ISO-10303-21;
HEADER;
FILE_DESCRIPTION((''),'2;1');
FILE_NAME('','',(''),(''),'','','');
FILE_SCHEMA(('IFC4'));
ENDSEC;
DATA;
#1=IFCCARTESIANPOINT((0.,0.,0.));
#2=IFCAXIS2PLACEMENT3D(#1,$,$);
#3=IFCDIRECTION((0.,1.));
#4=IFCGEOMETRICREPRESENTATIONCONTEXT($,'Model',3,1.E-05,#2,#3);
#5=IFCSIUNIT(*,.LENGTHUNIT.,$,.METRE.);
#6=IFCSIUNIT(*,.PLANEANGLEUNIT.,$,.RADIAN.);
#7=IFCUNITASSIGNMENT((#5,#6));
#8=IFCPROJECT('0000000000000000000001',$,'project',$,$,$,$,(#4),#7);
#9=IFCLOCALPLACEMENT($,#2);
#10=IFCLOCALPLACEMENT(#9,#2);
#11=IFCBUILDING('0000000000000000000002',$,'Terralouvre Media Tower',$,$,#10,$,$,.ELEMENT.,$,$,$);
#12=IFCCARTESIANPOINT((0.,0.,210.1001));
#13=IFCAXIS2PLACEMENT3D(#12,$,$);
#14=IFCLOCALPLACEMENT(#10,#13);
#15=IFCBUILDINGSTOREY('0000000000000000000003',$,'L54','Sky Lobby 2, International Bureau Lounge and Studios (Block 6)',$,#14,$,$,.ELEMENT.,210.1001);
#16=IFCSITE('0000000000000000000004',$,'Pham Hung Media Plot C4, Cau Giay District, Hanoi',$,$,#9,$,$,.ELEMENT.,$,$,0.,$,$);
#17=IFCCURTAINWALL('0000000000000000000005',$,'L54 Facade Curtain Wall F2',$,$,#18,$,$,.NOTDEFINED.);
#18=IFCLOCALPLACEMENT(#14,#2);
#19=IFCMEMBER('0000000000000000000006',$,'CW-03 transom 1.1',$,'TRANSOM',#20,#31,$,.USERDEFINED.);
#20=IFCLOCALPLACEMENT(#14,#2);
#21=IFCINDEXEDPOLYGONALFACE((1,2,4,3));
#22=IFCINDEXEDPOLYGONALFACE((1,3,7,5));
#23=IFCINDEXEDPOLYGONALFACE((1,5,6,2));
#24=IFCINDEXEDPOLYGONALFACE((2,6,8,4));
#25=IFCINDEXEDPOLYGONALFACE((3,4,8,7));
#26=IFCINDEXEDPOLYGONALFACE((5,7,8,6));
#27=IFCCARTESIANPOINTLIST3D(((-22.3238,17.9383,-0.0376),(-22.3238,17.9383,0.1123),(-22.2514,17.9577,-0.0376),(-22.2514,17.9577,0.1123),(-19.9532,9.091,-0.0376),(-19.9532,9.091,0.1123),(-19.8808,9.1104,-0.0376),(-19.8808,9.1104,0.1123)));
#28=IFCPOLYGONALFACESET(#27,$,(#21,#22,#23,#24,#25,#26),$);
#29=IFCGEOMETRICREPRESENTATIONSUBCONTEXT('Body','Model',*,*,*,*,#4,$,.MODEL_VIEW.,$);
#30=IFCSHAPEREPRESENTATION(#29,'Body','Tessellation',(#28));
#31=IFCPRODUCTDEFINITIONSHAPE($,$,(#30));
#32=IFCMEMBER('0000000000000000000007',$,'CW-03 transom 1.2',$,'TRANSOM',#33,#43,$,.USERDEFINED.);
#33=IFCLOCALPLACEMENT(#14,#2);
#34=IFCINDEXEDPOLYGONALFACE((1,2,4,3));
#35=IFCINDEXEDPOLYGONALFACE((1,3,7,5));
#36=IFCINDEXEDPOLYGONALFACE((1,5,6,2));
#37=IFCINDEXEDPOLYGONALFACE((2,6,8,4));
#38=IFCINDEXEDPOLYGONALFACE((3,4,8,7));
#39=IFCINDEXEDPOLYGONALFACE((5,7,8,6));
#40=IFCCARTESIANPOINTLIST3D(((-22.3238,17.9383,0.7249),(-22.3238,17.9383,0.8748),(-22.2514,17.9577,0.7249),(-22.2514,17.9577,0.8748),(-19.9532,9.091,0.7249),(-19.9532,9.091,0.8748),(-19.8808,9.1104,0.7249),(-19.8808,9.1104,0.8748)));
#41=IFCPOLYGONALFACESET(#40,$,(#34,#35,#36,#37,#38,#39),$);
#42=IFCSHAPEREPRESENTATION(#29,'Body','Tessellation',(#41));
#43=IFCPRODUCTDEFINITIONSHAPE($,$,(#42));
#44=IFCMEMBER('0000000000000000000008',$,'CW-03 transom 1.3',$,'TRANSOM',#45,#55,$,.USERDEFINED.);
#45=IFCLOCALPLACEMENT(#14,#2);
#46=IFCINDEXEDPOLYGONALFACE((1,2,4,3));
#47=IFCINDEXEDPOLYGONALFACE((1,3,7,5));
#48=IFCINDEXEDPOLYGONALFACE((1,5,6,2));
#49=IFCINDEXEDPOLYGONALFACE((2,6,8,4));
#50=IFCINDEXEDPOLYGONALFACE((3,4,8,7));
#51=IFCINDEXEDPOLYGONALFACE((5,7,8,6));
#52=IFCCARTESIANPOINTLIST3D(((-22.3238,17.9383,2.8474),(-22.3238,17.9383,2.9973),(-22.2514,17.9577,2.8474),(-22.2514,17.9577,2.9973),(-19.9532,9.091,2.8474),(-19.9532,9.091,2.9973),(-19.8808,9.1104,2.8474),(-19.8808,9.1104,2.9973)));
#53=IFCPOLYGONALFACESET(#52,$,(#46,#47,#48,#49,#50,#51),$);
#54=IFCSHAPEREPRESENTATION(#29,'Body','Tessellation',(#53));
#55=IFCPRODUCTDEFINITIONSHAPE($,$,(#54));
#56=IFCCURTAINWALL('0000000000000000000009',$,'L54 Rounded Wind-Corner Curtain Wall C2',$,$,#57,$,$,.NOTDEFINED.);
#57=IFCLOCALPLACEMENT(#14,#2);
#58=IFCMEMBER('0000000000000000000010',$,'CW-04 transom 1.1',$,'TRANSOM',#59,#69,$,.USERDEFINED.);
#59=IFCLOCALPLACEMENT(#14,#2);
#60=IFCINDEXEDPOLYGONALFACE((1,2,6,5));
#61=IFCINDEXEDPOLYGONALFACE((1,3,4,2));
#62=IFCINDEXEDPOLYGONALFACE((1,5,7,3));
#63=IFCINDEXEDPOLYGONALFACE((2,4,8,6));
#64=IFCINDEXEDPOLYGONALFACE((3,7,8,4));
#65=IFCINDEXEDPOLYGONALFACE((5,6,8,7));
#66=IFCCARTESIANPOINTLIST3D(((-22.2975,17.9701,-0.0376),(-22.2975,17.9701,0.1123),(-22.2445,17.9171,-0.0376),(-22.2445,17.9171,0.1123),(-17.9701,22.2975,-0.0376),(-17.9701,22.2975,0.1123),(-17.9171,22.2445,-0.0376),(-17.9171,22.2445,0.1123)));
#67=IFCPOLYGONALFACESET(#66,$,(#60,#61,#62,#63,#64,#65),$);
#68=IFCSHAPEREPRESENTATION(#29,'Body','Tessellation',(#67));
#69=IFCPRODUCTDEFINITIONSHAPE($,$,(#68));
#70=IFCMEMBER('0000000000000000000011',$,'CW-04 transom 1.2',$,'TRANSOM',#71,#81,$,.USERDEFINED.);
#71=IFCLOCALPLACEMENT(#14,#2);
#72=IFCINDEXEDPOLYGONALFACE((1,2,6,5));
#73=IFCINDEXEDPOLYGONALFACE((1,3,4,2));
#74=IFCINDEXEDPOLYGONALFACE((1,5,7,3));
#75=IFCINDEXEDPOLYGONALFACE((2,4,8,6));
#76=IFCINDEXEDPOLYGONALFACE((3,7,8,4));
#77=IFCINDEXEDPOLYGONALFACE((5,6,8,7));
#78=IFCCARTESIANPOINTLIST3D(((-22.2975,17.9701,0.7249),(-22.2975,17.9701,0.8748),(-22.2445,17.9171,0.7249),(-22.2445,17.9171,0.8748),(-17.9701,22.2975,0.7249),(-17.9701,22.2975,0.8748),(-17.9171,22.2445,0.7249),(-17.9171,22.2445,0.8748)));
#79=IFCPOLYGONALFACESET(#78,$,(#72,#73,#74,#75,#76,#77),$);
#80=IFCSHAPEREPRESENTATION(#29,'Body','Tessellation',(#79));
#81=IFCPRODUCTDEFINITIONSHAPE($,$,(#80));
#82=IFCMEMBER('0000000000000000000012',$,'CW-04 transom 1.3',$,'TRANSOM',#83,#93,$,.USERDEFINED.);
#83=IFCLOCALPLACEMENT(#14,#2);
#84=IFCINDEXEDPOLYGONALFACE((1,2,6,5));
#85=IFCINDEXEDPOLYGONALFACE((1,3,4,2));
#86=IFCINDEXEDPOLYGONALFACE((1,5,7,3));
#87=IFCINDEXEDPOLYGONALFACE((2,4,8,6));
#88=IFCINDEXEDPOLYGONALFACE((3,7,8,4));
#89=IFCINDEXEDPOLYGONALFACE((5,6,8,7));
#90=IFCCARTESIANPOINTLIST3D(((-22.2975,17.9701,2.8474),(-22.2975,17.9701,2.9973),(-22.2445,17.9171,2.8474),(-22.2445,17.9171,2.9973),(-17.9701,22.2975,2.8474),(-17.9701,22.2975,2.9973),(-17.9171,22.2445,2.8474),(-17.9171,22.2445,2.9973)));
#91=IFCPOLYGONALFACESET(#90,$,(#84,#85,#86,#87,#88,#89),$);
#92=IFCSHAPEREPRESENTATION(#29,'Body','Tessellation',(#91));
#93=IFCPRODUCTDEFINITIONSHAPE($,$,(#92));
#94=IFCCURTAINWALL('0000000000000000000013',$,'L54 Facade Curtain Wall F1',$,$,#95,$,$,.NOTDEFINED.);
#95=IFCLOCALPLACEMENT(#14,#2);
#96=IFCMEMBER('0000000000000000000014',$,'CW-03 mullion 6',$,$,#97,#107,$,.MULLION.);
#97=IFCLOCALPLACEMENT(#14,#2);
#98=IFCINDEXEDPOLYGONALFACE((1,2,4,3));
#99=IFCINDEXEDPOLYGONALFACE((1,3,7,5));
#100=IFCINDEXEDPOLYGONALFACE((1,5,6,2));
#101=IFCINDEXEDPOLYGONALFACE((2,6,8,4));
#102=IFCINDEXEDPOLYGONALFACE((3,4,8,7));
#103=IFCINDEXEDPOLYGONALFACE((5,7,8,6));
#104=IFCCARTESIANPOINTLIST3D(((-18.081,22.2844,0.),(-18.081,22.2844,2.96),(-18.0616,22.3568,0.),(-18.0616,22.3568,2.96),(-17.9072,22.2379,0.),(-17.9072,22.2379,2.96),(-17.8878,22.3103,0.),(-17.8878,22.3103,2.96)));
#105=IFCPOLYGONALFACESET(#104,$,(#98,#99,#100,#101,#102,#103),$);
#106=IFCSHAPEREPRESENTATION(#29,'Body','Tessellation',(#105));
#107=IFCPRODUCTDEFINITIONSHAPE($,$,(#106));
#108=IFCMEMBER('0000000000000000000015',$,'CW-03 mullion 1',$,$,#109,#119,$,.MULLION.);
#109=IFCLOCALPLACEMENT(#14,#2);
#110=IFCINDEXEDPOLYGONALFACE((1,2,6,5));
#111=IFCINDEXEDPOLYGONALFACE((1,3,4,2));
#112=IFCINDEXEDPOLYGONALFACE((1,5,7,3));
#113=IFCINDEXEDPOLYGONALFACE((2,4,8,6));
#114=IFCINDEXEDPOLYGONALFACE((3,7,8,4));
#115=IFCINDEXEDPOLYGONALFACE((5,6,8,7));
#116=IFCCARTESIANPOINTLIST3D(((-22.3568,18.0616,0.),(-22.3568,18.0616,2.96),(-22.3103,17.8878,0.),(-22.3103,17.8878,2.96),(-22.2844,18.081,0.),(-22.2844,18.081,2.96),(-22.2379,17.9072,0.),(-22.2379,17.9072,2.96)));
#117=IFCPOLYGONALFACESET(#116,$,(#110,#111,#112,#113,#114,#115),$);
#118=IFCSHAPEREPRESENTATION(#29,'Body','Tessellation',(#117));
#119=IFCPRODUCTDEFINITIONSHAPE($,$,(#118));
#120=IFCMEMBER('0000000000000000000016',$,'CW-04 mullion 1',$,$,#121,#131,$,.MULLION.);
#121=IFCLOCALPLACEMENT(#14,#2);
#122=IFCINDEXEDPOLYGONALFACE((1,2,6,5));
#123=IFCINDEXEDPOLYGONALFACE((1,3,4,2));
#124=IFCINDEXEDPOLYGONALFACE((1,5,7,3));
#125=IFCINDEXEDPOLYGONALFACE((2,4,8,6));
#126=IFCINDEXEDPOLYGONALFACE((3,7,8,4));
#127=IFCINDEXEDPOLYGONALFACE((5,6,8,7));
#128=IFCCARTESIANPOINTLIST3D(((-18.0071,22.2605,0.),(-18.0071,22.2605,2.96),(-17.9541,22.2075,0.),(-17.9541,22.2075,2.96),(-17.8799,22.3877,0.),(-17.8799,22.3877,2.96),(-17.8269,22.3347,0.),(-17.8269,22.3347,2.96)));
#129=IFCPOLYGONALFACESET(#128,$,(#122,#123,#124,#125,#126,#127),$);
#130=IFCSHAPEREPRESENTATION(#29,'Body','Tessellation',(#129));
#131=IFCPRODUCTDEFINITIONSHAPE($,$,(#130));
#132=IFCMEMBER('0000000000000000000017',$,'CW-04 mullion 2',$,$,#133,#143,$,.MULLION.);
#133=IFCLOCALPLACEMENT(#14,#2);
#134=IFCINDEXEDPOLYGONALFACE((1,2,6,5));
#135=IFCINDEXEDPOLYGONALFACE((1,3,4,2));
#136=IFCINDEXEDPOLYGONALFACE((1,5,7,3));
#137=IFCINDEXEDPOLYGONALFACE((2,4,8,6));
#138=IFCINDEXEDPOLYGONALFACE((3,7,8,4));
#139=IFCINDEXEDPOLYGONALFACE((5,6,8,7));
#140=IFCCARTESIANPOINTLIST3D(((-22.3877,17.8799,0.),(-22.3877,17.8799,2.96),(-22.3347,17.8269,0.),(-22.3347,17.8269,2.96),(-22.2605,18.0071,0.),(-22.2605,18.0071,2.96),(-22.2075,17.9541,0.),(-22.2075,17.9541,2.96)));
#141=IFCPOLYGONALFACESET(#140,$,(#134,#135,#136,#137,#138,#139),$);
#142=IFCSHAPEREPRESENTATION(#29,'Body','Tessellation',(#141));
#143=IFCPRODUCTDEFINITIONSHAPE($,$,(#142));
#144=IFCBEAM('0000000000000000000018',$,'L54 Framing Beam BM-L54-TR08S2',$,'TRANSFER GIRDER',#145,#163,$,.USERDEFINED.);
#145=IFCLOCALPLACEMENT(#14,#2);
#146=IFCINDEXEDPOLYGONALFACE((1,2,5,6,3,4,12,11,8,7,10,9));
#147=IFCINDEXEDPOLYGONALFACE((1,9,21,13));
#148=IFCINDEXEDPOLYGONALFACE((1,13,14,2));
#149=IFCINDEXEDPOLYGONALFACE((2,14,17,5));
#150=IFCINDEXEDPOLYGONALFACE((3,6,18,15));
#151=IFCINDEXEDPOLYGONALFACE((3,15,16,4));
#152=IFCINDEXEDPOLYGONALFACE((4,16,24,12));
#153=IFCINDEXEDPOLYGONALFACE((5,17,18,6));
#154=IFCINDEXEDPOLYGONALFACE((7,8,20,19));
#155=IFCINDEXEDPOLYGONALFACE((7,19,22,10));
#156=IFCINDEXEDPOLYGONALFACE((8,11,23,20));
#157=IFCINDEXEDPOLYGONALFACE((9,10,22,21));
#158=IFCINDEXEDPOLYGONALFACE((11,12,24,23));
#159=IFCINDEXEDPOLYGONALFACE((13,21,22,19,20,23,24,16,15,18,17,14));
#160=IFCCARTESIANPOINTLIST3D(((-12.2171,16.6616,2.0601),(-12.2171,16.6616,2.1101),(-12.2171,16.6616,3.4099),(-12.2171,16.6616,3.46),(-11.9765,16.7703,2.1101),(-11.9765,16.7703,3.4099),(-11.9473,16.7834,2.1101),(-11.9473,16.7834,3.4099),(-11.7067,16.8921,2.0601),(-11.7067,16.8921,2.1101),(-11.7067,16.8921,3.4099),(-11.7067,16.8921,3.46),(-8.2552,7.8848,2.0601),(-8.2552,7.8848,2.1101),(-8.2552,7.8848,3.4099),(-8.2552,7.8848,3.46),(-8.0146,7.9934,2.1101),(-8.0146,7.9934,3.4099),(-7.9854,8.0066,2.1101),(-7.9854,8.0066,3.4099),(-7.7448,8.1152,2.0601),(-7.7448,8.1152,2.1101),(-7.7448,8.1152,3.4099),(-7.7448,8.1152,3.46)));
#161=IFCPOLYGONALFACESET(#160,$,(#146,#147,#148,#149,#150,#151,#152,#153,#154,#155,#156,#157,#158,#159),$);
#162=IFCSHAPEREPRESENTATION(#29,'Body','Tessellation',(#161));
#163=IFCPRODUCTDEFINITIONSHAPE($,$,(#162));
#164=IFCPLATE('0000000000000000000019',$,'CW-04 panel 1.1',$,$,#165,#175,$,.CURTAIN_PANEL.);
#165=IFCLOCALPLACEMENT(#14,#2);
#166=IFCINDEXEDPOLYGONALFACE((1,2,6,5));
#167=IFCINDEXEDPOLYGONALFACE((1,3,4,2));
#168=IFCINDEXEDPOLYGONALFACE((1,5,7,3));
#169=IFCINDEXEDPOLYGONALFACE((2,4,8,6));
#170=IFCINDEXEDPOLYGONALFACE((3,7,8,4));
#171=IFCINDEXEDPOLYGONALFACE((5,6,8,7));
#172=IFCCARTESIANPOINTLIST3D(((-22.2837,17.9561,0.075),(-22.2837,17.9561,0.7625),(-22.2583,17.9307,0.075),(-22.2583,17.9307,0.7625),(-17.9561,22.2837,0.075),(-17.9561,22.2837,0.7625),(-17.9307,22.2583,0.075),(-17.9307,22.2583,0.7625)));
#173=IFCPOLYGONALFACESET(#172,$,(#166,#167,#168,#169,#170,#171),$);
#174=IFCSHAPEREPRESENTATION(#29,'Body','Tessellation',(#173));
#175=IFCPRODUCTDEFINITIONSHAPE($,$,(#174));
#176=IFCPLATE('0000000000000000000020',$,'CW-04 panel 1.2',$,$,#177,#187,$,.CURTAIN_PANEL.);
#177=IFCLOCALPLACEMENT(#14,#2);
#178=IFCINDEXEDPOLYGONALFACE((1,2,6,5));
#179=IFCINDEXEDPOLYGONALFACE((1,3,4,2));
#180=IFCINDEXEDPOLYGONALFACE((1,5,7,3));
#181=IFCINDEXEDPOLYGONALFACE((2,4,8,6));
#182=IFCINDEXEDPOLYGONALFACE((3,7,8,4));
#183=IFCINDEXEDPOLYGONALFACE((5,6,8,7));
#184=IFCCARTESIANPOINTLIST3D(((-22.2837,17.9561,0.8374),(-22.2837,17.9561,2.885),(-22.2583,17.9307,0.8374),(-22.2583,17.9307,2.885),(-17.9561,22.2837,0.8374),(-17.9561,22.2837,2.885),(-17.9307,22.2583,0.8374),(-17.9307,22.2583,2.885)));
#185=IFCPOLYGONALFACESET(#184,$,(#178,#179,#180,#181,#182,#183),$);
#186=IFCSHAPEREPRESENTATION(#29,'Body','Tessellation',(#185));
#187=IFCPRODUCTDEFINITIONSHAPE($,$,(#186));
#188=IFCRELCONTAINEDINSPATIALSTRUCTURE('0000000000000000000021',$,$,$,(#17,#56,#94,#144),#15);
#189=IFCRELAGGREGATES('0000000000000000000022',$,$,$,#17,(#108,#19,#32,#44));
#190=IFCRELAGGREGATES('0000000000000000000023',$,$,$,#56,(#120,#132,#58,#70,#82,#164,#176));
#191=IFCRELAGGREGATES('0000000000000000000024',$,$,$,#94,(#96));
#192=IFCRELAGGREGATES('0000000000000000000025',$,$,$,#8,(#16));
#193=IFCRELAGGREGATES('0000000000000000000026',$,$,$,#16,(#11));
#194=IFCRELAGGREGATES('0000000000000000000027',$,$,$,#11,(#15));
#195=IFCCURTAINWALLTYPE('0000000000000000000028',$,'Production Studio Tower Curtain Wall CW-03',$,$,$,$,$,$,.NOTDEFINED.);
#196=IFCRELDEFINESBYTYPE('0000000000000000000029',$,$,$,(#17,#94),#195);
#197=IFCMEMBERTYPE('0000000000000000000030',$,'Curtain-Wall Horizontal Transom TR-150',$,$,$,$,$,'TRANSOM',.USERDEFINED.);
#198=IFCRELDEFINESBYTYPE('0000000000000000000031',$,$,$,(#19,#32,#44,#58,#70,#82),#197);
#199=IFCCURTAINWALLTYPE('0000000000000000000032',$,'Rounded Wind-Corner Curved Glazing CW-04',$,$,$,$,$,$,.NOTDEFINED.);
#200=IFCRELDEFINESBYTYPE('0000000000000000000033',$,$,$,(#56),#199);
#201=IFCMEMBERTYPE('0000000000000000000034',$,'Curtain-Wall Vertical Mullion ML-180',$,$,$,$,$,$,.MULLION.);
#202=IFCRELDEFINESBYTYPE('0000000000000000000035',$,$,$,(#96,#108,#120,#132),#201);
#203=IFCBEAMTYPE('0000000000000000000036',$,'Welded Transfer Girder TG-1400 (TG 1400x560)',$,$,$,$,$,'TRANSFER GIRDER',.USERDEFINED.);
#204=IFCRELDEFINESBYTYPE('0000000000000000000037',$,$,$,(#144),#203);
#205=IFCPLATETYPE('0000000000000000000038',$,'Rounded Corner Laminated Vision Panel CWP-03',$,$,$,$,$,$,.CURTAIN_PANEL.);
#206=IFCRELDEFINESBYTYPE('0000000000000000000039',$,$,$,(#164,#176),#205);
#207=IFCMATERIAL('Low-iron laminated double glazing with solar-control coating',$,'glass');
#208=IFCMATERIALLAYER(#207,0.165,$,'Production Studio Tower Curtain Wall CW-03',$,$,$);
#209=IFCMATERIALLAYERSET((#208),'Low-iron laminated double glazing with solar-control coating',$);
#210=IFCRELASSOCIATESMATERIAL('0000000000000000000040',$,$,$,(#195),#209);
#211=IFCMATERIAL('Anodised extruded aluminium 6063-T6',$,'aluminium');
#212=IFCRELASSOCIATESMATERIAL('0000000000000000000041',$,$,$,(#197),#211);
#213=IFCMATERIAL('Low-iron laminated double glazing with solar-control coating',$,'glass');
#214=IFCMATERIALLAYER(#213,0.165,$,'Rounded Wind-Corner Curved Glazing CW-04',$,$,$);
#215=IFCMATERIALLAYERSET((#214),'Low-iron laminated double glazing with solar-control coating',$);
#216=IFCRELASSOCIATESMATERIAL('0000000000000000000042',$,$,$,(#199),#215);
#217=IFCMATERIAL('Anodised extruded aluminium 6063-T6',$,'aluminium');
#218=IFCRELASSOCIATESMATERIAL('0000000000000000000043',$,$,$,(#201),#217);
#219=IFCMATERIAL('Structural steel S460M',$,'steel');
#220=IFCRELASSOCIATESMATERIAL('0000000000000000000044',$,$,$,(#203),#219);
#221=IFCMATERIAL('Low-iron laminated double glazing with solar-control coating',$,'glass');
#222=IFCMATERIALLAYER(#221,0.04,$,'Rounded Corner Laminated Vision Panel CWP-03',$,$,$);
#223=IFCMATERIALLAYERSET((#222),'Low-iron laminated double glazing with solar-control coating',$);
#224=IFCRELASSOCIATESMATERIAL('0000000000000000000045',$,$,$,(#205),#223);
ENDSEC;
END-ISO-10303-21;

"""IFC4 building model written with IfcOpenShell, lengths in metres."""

from ifc_helpers import new_model, si_unit, direction, frame, origin, origin_2d, place, context, subcontext, project, spatial, rectangle, i_section, extrude, material, layer, layer_set, material_profile, profile_set, type_object, element, aggregate, save


model = new_model("IFC4")

# Units and contexts
model_context = context("Model", 3, precision=1e-05, world=origin(), true_north=direction((0.0, 1.0)))
body_context = subcontext(model_context, "Body", "Model", "MODEL_VIEW")
ifc_project = project(units=[si_unit("LENGTHUNIT", "METRE"), si_unit("PLANEANGLEUNIT", "RADIAN")], contexts=[model_context])

# Site, building, storey
site_placement = place(None, origin())
site = spatial("IfcSite", under=ifc_project, at=site_placement, Name="Pham Hung Media Plot C4, Cau Giay District, Hanoi", CompositionType="ELEMENT", RefElevation=0.0)
building_placement = place(site_placement, origin())
building = spatial("IfcBuilding", under=site, at=building_placement, Name="Terralouvre Media Tower", CompositionType="ELEMENT")
storey_placement = place(building_placement, frame((0.0, 0.0, 210.1001)))
storey = spatial("IfcBuildingStorey", under=building, at=storey_placement, Name="L54", Description="Sky Lobby 2, International Bureau Lounge and Studios (Block 6)", CompositionType="ELEMENT", Elevation=210.1001)

# Curtain walls, members
ifc_material_1 = material(Name="Low-iron laminated double glazing with solar-control coating", Category="glass")
ifc_layer_1 = layer(ifc_material_1, 0.165, Name="Production Studio Tower Curtain Wall CW-03")
ifc_layer_set_1 = layer_set([ifc_layer_1], Name="Low-iron laminated double glazing with solar-control coating")
curtain_wall_type_1 = type_object("IfcCurtainWallType", Name="Production Studio Tower Curtain Wall CW-03", PredefinedType="NOTDEFINED", material=ifc_layer_set_1)
curtain_wall_1_placement = place(storey_placement, origin())
curtain_wall_1 = element("IfcCurtainWall", 1, at=curtain_wall_1_placement, inside=storey, type_object=curtain_wall_type_1, Name="L54 Facade Curtain Wall F2", PredefinedType="NOTDEFINED")
ifc_material_2 = material(Name="Anodised extruded aluminium 6063-T6", Category="aluminium")
ifc_material_profile_1 = material_profile(ifc_material_2, rectangle(XDim=0.075, YDim=0.1499, at=origin_2d()), Name="ALU 75x150")
ifc_profile_set_1 = profile_set([ifc_material_profile_1], Name="Anodised extruded aluminium 6063-T6")
member_type_1 = type_object("IfcMemberType", Name="Curtain-Wall Horizontal Transom TR-150", ElementType="TRANSOM", PredefinedType="USERDEFINED", material=ifc_profile_set_1)
member_1_placement = place(storey_placement, frame((-22.2876, 17.948, 0.0374), z_axis=(0.258814, -0.965927, 0.0), x_axis=(0.965927, 0.258814, 0.0)))
member_1 = element("IfcMember", 2, at=member_1_placement, type_object=member_type_1, Name="CW-03 transom 1.1", ObjectType="TRANSOM", PredefinedType="USERDEFINED", context=body_context, shape_type="SweptSolid", body=[
    extrude(rectangle(XDim=0.075, YDim=0.1499, at=origin_2d()), origin(), (0.0, 0.0, 1.0), 9.1594),
])
member_2_placement = place(storey_placement, frame((-22.2876, 17.948, 0.7998), z_axis=(0.258814, -0.965927, 0.0), x_axis=(0.965927, 0.258814, 0.0)))
member_2 = element("IfcMember", 3, at=member_2_placement, type_object=member_type_1, Name="CW-03 transom 1.2", ObjectType="TRANSOM", PredefinedType="USERDEFINED", context=body_context, shape_type="SweptSolid", body=[
    extrude(rectangle(XDim=0.075, YDim=0.1499, at=origin_2d()), origin(), (0.0, 0.0, 1.0), 9.1594),
])
member_3_placement = place(storey_placement, frame((-22.2876, 17.948, 2.9224), z_axis=(0.258814, -0.965927, 0.0), x_axis=(0.965927, 0.258814, 0.0)))
member_3 = element("IfcMember", 4, at=member_3_placement, type_object=member_type_1, Name="CW-03 transom 1.3", ObjectType="TRANSOM", PredefinedType="USERDEFINED", context=body_context, shape_type="SweptSolid", body=[
    extrude(rectangle(XDim=0.075, YDim=0.1499, at=origin_2d()), origin(), (0.0, 0.0, 1.0), 9.1594),
])
ifc_material_3 = material(Name="Low-iron laminated double glazing with solar-control coating", Category="glass")
ifc_layer_2 = layer(ifc_material_3, 0.165, Name="Rounded Wind-Corner Curved Glazing CW-04")
ifc_layer_set_2 = layer_set([ifc_layer_2], Name="Low-iron laminated double glazing with solar-control coating")
curtain_wall_type_2 = type_object("IfcCurtainWallType", Name="Rounded Wind-Corner Curved Glazing CW-04", PredefinedType="NOTDEFINED", material=ifc_layer_set_2)
curtain_wall_2_placement = place(storey_placement, origin())
curtain_wall_2 = element("IfcCurtainWall", 5, at=curtain_wall_2_placement, inside=storey, type_object=curtain_wall_type_2, Name="L54 Rounded Wind-Corner Curtain Wall C2", PredefinedType="NOTDEFINED")
member_4_placement = place(storey_placement, frame((-17.9436, 22.271, 0.0374), z_axis=(-0.707107, -0.707107, 0.0), x_axis=(0.707107, -0.707107, 0.0)))
member_4 = element("IfcMember", 6, at=member_4_placement, type_object=member_type_1, Name="CW-04 transom 1.1", ObjectType="TRANSOM", PredefinedType="USERDEFINED", context=body_context, shape_type="SweptSolid", body=[
    extrude(rectangle(XDim=0.075, YDim=0.1499, at=origin_2d()), origin(), (0.0, 0.0, 1.0), 6.1199),
])
member_5_placement = place(storey_placement, frame((-17.9436, 22.271, 0.7998), z_axis=(-0.707107, -0.707107, 0.0), x_axis=(0.707107, -0.707107, 0.0)))
member_5 = element("IfcMember", 7, at=member_5_placement, type_object=member_type_1, Name="CW-04 transom 1.2", ObjectType="TRANSOM", PredefinedType="USERDEFINED", context=body_context, shape_type="SweptSolid", body=[
    extrude(rectangle(XDim=0.075, YDim=0.1499, at=origin_2d()), origin(), (0.0, 0.0, 1.0), 6.1199),
])
member_6_placement = place(storey_placement, frame((-17.9436, 22.271, 2.9224), z_axis=(-0.707107, -0.707107, 0.0), x_axis=(0.707107, -0.707107, 0.0)))
member_6 = element("IfcMember", 8, at=member_6_placement, type_object=member_type_1, Name="CW-04 transom 1.3", ObjectType="TRANSOM", PredefinedType="USERDEFINED", context=body_context, shape_type="SweptSolid", body=[
    extrude(rectangle(XDim=0.075, YDim=0.1499, at=origin_2d()), origin(), (0.0, 0.0, 1.0), 6.1199),
])

# Curtain wall, member
curtain_wall_3_placement = place(storey_placement, origin())
curtain_wall_3 = element("IfcCurtainWall", 9, at=curtain_wall_3_placement, inside=storey, type_object=curtain_wall_type_1, Name="L54 Facade Curtain Wall F1", PredefinedType="NOTDEFINED")
ifc_material_4 = material(Name="Anodised extruded aluminium 6063-T6", Category="aluminium")
ifc_material_profile_2 = material_profile(ifc_material_4, rectangle(XDim=0.075, YDim=0.1799, at=origin_2d()), Name="ALU 75x180")
ifc_profile_set_2 = profile_set([ifc_material_profile_2], Name="Anodised extruded aluminium 6063-T6")
member_type_2 = type_object("IfcMemberType", Name="Curtain-Wall Vertical Mullion ML-180", PredefinedType="MULLION", material=ifc_profile_set_2)
member_7_placement = place(storey_placement, frame((-17.9844, 22.2974, 0.0), z_axis=(0.0, 0.0, 1.0), x_axis=(-0.258819, -0.965926, 0.0)))
member_7 = element("IfcMember", 10, at=member_7_placement, type_object=member_type_2, Name="CW-03 mullion 6", PredefinedType="MULLION", context=body_context, shape_type="SweptSolid", body=[
    extrude(rectangle(XDim=0.075, YDim=0.1799, at=origin_2d()), origin(), (0.0, 0.0, 1.0), 2.96),
])

# Members
member_8_placement = place(storey_placement, frame((-22.2974, 17.9844, 0.0), z_axis=(0.0, 0.0, 1.0), x_axis=(0.965926, 0.258819, 0.0)))
member_8 = element("IfcMember", 11, at=member_8_placement, type_object=member_type_2, Name="CW-03 mullion 1", PredefinedType="MULLION", context=body_context, shape_type="SweptSolid", body=[
    extrude(rectangle(XDim=0.075, YDim=0.1799, at=origin_2d()), origin(), (0.0, 0.0, 1.0), 2.96),
])
aggregate(curtain_wall_1, [member_8, member_1, member_2, member_3])
member_9_placement = place(storey_placement, frame((-17.917, 22.2976, 0.0), z_axis=(0.0, 0.0, 1.0), x_axis=(0.707107, -0.707107, 0.0)))
member_9 = element("IfcMember", 12, at=member_9_placement, type_object=member_type_2, Name="CW-04 mullion 1", PredefinedType="MULLION", context=body_context, shape_type="SweptSolid", body=[
    extrude(rectangle(XDim=0.075, YDim=0.1799, at=origin_2d()), origin(), (0.0, 0.0, 1.0), 2.96),
])
member_10_placement = place(storey_placement, frame((-22.2976, 17.917, 0.0), z_axis=(0.0, 0.0, 1.0), x_axis=(0.707107, -0.707107, 0.0)))
member_10 = element("IfcMember", 13, at=member_10_placement, type_object=member_type_2, Name="CW-04 mullion 2", PredefinedType="MULLION", context=body_context, shape_type="SweptSolid", body=[
    extrude(rectangle(XDim=0.075, YDim=0.1799, at=origin_2d()), origin(), (0.0, 0.0, 1.0), 2.96),
])

# Beam
ifc_material_5 = material(Name="Structural steel S460M", Category="steel")
ifc_material_profile_3 = material_profile(ifc_material_5, i_section(OverallWidth=0.5601, OverallDepth=1.3999, WebThickness=0.032, FlangeThickness=0.05, at=origin_2d()), Name="TG 1400x560")
ifc_profile_set_3 = profile_set([ifc_material_profile_3], Name="Structural steel S460M")
beam_type = type_object("IfcBeamType", Name="Welded Transfer Girder TG-1400 (TG 1400x560)", ElementType="TRANSFER GIRDER", PredefinedType="USERDEFINED", material=ifc_profile_set_3)
beam_placement = place(storey_placement, frame((-11.9619, 16.7769, 2.76), z_axis=(0.411429, -0.911442, 0.0), x_axis=(0.911442, 0.411429, 0.0)))
element("IfcBeam", 14, at=beam_placement, inside=storey, type_object=beam_type, Name="L54 Framing Beam BM-L54-TR08S2", ObjectType="TRANSFER GIRDER", PredefinedType="USERDEFINED", context=body_context, shape_type="SweptSolid", body=[
    extrude(i_section(OverallWidth=0.5601, OverallDepth=1.3999, WebThickness=0.032, FlangeThickness=0.05, at=origin_2d()), origin(), (0.0, 0.0, 1.0), 9.6296),
])

# Plates
ifc_material_6 = material(Name="Low-iron laminated double glazing with solar-control coating", Category="glass")
ifc_layer_3 = layer(ifc_material_6, 0.04, Name="Rounded Corner Laminated Vision Panel CWP-03")
ifc_layer_set_3 = layer_set([ifc_layer_3], Name="Low-iron laminated double glazing with solar-control coating")
plate_type_1 = type_object("IfcPlateType", Name="Rounded Corner Laminated Vision Panel CWP-03", PredefinedType="CURTAIN_PANEL", material=ifc_layer_set_3)
plate_1_placement = place(storey_placement, frame((-20.1072, 20.1072, 0.075), z_axis=(0.0, 0.0, 1.0), x_axis=(-0.707107, -0.707107, 0.0)))
plate_1 = element("IfcPlate", 15, at=plate_1_placement, type_object=plate_type_1, Name="CW-04 panel 1.1", PredefinedType="CURTAIN_PANEL", context=body_context, shape_type="SweptSolid", body=[
    extrude(rectangle(XDim=6.1201, YDim=0.0359, at=origin_2d()), origin(), (0.0, 0.0, 1.0), 0.6875),
])
plate_2_placement = place(storey_placement, frame((-20.1072, 20.1072, 0.8374), z_axis=(0.0, 0.0, 1.0), x_axis=(-0.707107, -0.707107, 0.0)))
plate_2 = element("IfcPlate", 16, at=plate_2_placement, type_object=plate_type_1, Name="CW-04 panel 1.2", PredefinedType="CURTAIN_PANEL", context=body_context, shape_type="SweptSolid", body=[
    extrude(rectangle(XDim=6.1201, YDim=0.0359, at=origin_2d()), origin(), (0.0, 0.0, 1.0), 2.0476),
])
aggregate(curtain_wall_2, [member_9, member_10, member_4, member_5, member_6, plate_1, plate_2])
aggregate(curtain_wall_3, [member_7])

save(model, "model.ifc")
